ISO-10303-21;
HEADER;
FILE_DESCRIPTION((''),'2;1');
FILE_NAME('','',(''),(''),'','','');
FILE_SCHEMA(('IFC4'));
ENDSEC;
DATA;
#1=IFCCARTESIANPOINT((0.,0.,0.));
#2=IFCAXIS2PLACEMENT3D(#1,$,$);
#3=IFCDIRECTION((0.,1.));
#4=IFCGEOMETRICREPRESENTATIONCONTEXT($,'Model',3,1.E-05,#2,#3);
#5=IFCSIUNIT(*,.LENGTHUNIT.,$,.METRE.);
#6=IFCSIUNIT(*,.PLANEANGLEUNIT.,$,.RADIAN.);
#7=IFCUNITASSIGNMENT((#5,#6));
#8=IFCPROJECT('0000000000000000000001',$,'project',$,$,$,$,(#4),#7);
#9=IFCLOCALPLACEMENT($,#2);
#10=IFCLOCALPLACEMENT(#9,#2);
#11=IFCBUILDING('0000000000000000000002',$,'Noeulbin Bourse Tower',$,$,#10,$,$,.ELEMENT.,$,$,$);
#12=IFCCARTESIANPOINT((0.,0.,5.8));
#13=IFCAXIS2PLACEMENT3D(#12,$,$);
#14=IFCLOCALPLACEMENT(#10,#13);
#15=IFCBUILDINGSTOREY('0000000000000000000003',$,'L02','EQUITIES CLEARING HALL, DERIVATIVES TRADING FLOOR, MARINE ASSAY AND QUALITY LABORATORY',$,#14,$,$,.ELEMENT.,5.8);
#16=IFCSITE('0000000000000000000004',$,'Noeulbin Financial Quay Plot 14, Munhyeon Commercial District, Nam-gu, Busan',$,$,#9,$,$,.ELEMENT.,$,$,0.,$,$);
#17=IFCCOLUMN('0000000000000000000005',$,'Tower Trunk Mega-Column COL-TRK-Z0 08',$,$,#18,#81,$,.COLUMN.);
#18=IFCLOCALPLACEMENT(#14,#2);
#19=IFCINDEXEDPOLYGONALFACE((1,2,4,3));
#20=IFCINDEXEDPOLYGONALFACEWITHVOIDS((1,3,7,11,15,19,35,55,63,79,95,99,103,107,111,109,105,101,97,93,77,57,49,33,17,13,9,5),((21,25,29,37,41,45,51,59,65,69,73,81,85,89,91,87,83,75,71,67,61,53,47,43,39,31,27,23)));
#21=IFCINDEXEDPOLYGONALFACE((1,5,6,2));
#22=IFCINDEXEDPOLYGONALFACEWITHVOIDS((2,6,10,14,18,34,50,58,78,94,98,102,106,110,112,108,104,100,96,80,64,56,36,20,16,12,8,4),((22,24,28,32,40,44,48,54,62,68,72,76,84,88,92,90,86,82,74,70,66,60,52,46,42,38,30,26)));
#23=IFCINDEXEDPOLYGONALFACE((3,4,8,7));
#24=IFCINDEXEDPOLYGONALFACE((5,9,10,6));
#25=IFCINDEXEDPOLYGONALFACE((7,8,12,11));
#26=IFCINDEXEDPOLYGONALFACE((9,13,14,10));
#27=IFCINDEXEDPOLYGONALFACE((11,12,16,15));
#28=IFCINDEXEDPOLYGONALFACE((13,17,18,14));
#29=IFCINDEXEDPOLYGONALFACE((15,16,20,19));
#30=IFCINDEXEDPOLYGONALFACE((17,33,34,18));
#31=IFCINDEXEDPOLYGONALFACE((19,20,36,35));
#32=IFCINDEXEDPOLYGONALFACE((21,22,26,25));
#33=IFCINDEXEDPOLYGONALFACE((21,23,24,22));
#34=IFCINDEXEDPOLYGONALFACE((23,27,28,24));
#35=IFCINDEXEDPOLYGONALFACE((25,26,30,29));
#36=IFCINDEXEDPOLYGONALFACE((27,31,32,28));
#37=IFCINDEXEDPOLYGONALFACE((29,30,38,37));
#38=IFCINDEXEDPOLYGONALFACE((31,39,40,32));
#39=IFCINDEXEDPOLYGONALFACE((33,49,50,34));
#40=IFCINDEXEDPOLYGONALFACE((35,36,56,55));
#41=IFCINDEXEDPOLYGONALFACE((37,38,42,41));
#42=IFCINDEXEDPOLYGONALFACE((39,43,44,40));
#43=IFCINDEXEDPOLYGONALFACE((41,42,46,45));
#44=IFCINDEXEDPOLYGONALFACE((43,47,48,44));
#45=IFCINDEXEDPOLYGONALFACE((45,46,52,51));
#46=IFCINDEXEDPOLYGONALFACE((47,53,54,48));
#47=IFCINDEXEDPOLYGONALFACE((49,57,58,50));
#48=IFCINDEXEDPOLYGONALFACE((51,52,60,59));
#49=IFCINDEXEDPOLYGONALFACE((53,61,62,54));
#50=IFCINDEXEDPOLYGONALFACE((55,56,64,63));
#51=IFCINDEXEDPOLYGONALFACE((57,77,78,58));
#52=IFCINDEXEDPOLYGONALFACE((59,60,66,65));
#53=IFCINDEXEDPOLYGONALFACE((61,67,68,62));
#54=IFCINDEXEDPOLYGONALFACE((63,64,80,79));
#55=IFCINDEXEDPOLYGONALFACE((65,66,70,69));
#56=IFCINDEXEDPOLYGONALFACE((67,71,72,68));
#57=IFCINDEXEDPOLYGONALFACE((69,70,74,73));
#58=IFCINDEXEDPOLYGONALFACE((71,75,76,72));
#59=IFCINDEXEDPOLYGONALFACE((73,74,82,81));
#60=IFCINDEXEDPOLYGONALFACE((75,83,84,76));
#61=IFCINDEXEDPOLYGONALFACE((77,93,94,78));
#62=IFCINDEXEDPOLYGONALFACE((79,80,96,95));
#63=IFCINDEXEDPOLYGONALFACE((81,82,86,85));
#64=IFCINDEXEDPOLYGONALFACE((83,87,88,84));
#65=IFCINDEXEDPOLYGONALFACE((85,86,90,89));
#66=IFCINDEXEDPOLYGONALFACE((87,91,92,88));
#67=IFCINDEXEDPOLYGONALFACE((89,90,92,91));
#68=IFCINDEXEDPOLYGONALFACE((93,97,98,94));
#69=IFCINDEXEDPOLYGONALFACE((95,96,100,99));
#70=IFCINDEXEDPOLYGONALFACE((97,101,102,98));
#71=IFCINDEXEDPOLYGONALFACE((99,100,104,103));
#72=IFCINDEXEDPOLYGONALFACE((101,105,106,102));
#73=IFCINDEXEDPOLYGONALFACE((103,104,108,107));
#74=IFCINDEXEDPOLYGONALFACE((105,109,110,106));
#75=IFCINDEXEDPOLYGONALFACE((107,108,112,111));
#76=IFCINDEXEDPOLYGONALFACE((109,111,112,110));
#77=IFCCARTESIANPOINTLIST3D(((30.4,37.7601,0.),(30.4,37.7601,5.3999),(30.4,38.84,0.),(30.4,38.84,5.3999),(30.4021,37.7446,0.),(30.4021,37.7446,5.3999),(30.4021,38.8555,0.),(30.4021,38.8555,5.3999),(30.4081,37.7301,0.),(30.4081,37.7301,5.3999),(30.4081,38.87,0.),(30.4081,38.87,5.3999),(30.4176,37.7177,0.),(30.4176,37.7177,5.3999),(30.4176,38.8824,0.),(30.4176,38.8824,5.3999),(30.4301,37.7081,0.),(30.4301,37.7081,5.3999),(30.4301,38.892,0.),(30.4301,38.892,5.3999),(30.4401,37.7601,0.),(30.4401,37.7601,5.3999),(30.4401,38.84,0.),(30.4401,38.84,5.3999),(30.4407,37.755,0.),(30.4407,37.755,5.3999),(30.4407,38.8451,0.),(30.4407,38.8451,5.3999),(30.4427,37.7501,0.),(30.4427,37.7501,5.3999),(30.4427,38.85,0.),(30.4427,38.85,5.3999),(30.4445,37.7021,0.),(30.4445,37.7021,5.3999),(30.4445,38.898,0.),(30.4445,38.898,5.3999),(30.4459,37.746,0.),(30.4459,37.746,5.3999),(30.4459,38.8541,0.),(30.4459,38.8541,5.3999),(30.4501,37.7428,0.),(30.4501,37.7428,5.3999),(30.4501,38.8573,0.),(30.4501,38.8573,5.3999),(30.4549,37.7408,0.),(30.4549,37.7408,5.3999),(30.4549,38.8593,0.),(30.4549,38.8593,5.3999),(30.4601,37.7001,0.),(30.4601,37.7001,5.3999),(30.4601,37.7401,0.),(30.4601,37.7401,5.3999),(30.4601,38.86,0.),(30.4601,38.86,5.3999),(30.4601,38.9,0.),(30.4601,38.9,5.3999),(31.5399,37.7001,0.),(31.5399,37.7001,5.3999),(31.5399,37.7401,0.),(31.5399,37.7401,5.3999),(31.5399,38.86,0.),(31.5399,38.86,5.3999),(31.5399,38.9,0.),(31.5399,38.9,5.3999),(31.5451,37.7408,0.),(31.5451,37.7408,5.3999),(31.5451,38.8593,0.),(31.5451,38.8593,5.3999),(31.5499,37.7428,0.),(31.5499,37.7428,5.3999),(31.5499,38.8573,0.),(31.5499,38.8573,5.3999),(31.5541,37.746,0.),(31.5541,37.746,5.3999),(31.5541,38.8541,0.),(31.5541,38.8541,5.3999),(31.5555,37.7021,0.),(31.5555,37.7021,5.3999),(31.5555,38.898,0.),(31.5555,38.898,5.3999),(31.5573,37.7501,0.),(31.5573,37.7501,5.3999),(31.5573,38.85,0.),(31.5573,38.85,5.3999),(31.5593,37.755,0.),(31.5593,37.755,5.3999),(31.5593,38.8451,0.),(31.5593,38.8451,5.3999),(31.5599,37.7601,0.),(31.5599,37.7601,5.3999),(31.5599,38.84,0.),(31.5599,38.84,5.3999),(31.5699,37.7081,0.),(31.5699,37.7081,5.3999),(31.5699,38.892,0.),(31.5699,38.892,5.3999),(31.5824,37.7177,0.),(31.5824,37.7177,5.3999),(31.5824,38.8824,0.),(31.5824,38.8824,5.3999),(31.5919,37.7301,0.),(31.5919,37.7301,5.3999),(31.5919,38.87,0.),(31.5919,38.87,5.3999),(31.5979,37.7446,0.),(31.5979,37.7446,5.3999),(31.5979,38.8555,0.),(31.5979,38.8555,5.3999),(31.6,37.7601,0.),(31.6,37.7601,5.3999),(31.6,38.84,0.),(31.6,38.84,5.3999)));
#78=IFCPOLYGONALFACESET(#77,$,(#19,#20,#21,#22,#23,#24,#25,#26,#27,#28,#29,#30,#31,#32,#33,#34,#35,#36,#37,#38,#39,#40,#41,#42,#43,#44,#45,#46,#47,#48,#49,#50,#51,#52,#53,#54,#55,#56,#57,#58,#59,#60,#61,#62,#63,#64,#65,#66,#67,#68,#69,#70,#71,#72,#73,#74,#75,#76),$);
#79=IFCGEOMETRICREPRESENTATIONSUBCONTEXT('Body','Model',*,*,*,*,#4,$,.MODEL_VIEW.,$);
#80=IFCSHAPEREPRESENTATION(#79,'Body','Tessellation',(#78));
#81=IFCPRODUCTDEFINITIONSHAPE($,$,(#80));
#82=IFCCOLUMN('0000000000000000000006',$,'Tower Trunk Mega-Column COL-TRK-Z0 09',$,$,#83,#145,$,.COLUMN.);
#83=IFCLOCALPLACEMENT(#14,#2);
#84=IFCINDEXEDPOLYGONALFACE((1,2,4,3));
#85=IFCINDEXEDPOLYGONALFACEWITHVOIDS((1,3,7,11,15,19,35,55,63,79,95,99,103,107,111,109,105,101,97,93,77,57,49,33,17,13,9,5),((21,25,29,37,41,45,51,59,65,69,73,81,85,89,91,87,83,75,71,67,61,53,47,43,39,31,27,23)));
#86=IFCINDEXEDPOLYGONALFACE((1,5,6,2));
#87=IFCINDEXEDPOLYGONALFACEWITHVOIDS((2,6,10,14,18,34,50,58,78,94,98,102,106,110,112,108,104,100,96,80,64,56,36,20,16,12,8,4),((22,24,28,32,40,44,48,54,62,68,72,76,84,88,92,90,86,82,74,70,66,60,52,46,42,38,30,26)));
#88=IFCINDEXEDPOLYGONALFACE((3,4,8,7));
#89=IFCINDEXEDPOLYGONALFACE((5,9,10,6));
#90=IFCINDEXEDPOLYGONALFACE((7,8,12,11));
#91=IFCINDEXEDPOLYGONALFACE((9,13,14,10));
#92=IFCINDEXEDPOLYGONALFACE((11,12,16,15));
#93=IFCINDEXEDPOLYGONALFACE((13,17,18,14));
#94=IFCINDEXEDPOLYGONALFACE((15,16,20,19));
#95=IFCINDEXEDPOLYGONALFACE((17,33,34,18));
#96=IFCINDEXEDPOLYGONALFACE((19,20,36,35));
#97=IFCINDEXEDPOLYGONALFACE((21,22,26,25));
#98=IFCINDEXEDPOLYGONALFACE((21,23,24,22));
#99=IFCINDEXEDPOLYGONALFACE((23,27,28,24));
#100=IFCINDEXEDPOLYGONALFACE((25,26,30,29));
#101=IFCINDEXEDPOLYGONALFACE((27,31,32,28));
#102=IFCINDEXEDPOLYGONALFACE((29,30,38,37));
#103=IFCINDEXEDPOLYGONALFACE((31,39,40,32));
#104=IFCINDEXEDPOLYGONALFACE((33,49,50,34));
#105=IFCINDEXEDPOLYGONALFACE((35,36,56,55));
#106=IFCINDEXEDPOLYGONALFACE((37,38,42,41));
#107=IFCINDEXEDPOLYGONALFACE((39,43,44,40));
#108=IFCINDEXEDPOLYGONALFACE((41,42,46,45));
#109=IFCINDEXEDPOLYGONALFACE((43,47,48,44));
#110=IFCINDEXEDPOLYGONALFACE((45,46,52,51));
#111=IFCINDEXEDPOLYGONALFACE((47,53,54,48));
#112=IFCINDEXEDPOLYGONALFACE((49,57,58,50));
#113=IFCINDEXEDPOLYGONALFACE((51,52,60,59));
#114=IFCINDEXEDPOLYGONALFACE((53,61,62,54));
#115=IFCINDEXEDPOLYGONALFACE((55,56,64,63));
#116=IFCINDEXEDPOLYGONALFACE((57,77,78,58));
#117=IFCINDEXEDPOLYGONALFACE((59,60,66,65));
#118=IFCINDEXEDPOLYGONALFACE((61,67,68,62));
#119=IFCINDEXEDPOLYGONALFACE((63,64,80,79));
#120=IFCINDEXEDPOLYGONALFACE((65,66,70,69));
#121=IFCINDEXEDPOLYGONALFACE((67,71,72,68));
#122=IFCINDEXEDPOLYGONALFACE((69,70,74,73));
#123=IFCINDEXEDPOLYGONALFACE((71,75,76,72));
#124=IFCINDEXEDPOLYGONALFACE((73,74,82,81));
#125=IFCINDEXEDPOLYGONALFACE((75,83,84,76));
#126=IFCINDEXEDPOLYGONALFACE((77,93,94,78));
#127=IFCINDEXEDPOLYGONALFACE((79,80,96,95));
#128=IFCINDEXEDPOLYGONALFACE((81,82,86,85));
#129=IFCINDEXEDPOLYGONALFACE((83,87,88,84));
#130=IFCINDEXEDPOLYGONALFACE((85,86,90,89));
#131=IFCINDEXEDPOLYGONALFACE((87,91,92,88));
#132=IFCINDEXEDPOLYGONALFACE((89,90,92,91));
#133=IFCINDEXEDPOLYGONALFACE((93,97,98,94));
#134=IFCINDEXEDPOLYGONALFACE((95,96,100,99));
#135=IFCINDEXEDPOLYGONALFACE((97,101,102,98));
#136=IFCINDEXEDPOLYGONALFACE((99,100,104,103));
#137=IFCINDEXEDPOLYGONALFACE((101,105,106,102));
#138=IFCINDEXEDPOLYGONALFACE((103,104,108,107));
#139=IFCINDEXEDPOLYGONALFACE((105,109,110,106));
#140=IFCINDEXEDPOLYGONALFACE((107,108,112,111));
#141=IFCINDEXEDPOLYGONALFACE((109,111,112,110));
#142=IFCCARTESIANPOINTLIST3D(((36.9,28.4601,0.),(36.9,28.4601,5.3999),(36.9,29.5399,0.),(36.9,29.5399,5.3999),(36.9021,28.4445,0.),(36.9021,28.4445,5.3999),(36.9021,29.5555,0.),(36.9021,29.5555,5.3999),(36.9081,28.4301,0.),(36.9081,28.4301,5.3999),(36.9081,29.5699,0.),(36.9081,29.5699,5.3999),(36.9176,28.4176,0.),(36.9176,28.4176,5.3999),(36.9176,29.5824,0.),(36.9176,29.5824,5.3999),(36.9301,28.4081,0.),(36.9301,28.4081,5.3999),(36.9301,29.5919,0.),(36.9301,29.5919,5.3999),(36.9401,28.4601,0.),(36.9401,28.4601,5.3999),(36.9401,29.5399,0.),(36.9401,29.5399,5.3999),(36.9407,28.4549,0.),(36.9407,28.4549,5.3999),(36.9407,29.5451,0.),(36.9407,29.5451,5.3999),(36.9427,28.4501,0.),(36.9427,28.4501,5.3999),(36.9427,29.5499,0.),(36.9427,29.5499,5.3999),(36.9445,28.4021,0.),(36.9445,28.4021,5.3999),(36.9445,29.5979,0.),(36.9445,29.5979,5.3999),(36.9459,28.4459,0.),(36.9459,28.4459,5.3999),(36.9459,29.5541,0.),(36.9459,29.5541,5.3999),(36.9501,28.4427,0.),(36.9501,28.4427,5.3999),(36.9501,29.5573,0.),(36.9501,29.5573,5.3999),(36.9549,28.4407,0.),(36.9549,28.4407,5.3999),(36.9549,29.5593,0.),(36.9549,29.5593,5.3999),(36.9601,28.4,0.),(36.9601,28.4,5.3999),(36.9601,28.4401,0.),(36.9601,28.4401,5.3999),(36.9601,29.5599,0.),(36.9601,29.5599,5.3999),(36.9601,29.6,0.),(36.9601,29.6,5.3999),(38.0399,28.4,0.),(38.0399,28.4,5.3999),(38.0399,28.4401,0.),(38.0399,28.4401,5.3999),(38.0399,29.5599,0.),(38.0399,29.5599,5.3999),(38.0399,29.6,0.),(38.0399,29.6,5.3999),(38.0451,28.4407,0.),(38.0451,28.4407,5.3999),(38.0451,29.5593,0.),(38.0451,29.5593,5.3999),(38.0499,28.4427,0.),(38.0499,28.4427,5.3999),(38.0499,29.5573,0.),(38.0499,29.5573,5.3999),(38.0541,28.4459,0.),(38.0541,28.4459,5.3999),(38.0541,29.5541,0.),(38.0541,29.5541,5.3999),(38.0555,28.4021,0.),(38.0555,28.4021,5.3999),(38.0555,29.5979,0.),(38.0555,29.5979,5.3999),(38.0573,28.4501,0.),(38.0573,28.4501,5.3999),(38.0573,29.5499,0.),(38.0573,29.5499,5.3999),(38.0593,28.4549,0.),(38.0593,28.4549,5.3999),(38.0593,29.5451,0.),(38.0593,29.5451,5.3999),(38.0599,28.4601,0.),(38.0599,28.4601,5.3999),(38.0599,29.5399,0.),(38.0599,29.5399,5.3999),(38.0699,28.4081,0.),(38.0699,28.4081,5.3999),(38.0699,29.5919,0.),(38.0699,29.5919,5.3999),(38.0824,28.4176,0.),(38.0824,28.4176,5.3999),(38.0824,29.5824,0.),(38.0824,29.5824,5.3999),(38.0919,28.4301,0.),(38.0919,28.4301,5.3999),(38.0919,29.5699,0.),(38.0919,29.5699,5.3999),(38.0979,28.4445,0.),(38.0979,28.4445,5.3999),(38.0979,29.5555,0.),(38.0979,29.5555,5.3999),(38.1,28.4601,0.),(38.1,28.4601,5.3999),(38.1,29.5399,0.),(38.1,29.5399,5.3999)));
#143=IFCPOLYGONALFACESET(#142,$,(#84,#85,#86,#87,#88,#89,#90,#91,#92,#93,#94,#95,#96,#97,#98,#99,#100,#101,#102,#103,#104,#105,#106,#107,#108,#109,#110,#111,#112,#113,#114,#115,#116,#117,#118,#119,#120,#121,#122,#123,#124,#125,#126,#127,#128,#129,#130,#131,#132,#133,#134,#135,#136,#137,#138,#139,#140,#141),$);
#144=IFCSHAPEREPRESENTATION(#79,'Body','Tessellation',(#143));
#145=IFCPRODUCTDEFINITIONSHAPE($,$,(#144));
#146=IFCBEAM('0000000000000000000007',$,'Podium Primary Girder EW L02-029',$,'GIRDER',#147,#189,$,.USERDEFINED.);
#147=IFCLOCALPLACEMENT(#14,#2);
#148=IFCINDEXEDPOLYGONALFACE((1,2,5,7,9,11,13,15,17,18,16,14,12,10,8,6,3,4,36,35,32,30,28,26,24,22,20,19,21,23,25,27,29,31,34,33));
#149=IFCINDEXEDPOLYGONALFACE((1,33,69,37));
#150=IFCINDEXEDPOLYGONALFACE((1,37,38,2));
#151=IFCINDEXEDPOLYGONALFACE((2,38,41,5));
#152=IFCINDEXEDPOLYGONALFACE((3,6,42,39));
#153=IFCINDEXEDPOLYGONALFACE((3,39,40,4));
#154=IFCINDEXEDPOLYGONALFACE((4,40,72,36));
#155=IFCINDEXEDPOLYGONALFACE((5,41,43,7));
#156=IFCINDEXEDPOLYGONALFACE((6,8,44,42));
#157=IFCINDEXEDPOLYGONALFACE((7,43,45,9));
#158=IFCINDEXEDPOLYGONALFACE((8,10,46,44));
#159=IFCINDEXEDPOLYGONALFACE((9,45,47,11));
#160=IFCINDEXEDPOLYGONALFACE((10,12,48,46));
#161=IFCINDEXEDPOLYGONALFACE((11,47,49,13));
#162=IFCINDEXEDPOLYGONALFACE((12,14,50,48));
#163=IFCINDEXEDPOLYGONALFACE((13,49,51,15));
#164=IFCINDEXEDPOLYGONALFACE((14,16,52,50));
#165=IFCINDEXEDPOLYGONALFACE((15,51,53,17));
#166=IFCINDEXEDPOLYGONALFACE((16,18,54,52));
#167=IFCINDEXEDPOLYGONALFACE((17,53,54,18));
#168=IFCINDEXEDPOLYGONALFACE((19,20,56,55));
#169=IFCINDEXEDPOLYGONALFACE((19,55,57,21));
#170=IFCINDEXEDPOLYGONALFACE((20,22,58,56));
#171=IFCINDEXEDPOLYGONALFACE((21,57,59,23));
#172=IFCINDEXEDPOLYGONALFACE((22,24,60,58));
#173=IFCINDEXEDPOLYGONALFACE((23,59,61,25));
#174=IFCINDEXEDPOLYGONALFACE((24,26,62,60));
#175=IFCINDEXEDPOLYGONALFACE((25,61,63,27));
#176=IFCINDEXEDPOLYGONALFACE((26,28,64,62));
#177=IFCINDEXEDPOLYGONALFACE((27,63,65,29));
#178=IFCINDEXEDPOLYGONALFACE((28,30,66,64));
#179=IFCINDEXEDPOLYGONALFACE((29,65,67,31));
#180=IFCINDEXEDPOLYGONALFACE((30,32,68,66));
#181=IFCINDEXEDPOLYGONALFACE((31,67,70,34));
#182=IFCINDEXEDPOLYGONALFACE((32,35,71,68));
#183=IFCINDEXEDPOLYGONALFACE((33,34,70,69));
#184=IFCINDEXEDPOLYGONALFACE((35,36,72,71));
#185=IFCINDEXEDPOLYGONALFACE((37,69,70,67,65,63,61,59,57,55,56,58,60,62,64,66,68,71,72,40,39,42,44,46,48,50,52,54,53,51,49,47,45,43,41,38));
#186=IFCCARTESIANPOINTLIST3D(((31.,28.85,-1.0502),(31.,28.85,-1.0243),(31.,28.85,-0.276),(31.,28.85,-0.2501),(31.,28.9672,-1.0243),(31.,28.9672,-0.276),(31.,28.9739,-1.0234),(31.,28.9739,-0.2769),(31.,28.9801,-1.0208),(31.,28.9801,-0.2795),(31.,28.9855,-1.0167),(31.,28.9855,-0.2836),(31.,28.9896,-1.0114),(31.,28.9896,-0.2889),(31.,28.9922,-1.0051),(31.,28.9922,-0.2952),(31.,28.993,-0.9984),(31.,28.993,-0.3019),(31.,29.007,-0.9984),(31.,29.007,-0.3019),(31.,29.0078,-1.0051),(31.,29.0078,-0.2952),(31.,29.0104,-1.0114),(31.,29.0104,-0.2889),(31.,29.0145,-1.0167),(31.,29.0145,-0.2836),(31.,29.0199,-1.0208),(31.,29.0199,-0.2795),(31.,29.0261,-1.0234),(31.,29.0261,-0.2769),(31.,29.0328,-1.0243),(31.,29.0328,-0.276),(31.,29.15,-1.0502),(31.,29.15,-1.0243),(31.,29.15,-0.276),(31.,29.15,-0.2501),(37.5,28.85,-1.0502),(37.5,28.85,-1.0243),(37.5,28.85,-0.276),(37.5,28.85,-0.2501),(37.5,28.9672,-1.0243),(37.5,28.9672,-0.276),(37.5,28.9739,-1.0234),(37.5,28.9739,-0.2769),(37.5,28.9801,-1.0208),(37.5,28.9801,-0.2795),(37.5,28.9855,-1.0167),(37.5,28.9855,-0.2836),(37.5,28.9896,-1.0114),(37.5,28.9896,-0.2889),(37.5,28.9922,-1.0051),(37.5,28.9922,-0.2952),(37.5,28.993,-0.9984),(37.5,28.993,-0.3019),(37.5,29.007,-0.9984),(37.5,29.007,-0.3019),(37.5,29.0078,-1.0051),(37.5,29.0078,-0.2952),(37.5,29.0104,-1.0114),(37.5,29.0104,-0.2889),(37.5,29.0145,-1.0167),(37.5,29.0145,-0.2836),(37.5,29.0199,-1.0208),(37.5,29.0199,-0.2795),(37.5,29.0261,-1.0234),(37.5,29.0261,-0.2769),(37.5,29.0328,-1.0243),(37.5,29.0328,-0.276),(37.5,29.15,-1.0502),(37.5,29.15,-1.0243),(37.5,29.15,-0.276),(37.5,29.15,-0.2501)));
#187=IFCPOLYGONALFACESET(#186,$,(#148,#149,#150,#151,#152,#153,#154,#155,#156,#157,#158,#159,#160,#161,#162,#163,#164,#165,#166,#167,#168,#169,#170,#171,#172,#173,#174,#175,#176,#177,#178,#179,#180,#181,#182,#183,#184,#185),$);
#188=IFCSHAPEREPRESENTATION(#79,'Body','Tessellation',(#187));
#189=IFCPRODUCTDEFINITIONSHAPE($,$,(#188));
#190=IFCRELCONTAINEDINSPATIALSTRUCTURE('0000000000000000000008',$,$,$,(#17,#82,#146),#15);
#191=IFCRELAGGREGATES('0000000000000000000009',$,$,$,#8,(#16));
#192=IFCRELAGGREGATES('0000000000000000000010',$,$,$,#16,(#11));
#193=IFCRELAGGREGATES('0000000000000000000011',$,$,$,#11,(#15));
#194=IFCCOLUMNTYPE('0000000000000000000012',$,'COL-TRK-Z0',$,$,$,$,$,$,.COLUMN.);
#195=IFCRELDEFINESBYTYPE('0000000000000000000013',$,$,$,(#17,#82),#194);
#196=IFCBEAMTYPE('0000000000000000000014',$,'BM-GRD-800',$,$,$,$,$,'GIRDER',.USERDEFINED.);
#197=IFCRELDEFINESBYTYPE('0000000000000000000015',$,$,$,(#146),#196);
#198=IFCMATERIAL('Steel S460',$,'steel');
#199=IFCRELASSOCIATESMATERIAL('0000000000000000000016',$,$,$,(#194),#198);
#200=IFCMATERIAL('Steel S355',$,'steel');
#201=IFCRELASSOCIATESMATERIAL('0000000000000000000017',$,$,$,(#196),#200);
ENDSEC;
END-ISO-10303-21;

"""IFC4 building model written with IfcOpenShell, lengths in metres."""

from ifc_helpers import new_model, si_unit, direction, frame, origin, origin_2d, place, context, subcontext, project, spatial, hollow_rectangle, i_section, extrude, material, material_profile, profile_set, type_object, element, save


model = new_model("IFC4")

# Units and contexts
model_context = context("Model", 3, precision=1e-05, world=origin(), true_north=direction((0.0, 1.0)))
body_context = subcontext(model_context, "Body", "Model", "MODEL_VIEW")
ifc_project = project(units=[si_unit("LENGTHUNIT", "METRE"), si_unit("PLANEANGLEUNIT", "RADIAN")], contexts=[model_context])

# Site, building, storey
site_placement = place(None, origin())
site = spatial("IfcSite", under=ifc_project, at=site_placement, Name="Noeulbin Financial Quay Plot 14, Munhyeon Commercial District, Nam-gu, Busan", CompositionType="ELEMENT", RefElevation=0.0)
building_placement = place(site_placement, origin())
building = spatial("IfcBuilding", under=site, at=building_placement, Name="Noeulbin Bourse Tower", CompositionType="ELEMENT")
storey_placement = place(building_placement, frame((0.0, 0.0, 5.8)))
storey = spatial("IfcBuildingStorey", under=building, at=storey_placement, Name="L02", Description="EQUITIES CLEARING HALL, DERIVATIVES TRADING FLOOR, MARINE ASSAY AND QUALITY LABORATORY", CompositionType="ELEMENT", Elevation=5.8)

# Columns
ifc_material_1 = material(Name="Steel S460", Category="steel")
ifc_material_profile_1 = material_profile(ifc_material_1, hollow_rectangle(XDim=1.2, YDim=1.2, WallThickness=0.04, InnerFilletRadius=0.02, OuterFilletRadius=0.0601, at=origin_2d()), Name="BOX-1200x1200x40", Category="LoadBearing")
ifc_profile_set_1 = profile_set([ifc_material_profile_1], Name="Steel S460")
column_type = type_object("IfcColumnType", Name="COL-TRK-Z0", PredefinedType="COLUMN", material=ifc_profile_set_1)
for number, where, z_axis, x_axis, name in (
    (1, (31.0, 38.3, 0.0), (0.0, 0.0, 1.0), (1.0, 0.0, 0.0), "Tower Trunk Mega-Column COL-TRK-Z0 08"),
    (2, (37.5, 29.0, 0.0), (0.0, 0.0, 1.0), (1.0, 0.0, 0.0), "Tower Trunk Mega-Column COL-TRK-Z0 09"),
):
    element("IfcColumn", number, at=place(storey_placement, frame(where, z_axis=z_axis, x_axis=x_axis)), inside=storey, type_object=column_type, Name=name, PredefinedType="COLUMN", context=body_context, shape_type="SweptSolid", body=[
        extrude(hollow_rectangle(XDim=1.2, YDim=1.2, WallThickness=0.04, InnerFilletRadius=0.02, OuterFilletRadius=0.0601, at=origin_2d()), origin(), (0.0, 0.0, 1.0), 5.3999),
    ])

# Beam
ifc_material_2 = material(Name="Steel S355", Category="steel")
ifc_material_profile_2 = material_profile(ifc_material_2, i_section(OverallWidth=0.3, OverallDepth=0.8, WebThickness=0.0139, FlangeThickness=0.0259, FilletRadius=0.0259, at=origin_2d()), Name="H-800x300x14x26", Category="LoadBearing")
ifc_profile_set_2 = profile_set([ifc_material_profile_2], Name="Steel S355")
beam_type_1 = type_object("IfcBeamType", Name="BM-GRD-800", ElementType="GIRDER", PredefinedType="USERDEFINED", material=ifc_profile_set_2)
for number, where, z_axis, x_axis, name in (
    (3, (31.0, 29.0, -0.6501), (1.0, 0.0, 0.0), (0.0, 1.0, 0.0), "Podium Primary Girder EW L02-029"),
):
    element("IfcBeam", number, at=place(storey_placement, frame(where, z_axis=z_axis, x_axis=x_axis)), inside=storey, type_object=beam_type_1, Name=name, ObjectType="GIRDER", PredefinedType="USERDEFINED", context=body_context, shape_type="SweptSolid", body=[
        extrude(i_section(OverallWidth=0.3, OverallDepth=0.8, WebThickness=0.0139, FlangeThickness=0.0259, FilletRadius=0.0259, at=origin_2d()), origin(), (0.0, 0.0, 1.0), 6.5),
    ])

save(model, "model.ifc")
